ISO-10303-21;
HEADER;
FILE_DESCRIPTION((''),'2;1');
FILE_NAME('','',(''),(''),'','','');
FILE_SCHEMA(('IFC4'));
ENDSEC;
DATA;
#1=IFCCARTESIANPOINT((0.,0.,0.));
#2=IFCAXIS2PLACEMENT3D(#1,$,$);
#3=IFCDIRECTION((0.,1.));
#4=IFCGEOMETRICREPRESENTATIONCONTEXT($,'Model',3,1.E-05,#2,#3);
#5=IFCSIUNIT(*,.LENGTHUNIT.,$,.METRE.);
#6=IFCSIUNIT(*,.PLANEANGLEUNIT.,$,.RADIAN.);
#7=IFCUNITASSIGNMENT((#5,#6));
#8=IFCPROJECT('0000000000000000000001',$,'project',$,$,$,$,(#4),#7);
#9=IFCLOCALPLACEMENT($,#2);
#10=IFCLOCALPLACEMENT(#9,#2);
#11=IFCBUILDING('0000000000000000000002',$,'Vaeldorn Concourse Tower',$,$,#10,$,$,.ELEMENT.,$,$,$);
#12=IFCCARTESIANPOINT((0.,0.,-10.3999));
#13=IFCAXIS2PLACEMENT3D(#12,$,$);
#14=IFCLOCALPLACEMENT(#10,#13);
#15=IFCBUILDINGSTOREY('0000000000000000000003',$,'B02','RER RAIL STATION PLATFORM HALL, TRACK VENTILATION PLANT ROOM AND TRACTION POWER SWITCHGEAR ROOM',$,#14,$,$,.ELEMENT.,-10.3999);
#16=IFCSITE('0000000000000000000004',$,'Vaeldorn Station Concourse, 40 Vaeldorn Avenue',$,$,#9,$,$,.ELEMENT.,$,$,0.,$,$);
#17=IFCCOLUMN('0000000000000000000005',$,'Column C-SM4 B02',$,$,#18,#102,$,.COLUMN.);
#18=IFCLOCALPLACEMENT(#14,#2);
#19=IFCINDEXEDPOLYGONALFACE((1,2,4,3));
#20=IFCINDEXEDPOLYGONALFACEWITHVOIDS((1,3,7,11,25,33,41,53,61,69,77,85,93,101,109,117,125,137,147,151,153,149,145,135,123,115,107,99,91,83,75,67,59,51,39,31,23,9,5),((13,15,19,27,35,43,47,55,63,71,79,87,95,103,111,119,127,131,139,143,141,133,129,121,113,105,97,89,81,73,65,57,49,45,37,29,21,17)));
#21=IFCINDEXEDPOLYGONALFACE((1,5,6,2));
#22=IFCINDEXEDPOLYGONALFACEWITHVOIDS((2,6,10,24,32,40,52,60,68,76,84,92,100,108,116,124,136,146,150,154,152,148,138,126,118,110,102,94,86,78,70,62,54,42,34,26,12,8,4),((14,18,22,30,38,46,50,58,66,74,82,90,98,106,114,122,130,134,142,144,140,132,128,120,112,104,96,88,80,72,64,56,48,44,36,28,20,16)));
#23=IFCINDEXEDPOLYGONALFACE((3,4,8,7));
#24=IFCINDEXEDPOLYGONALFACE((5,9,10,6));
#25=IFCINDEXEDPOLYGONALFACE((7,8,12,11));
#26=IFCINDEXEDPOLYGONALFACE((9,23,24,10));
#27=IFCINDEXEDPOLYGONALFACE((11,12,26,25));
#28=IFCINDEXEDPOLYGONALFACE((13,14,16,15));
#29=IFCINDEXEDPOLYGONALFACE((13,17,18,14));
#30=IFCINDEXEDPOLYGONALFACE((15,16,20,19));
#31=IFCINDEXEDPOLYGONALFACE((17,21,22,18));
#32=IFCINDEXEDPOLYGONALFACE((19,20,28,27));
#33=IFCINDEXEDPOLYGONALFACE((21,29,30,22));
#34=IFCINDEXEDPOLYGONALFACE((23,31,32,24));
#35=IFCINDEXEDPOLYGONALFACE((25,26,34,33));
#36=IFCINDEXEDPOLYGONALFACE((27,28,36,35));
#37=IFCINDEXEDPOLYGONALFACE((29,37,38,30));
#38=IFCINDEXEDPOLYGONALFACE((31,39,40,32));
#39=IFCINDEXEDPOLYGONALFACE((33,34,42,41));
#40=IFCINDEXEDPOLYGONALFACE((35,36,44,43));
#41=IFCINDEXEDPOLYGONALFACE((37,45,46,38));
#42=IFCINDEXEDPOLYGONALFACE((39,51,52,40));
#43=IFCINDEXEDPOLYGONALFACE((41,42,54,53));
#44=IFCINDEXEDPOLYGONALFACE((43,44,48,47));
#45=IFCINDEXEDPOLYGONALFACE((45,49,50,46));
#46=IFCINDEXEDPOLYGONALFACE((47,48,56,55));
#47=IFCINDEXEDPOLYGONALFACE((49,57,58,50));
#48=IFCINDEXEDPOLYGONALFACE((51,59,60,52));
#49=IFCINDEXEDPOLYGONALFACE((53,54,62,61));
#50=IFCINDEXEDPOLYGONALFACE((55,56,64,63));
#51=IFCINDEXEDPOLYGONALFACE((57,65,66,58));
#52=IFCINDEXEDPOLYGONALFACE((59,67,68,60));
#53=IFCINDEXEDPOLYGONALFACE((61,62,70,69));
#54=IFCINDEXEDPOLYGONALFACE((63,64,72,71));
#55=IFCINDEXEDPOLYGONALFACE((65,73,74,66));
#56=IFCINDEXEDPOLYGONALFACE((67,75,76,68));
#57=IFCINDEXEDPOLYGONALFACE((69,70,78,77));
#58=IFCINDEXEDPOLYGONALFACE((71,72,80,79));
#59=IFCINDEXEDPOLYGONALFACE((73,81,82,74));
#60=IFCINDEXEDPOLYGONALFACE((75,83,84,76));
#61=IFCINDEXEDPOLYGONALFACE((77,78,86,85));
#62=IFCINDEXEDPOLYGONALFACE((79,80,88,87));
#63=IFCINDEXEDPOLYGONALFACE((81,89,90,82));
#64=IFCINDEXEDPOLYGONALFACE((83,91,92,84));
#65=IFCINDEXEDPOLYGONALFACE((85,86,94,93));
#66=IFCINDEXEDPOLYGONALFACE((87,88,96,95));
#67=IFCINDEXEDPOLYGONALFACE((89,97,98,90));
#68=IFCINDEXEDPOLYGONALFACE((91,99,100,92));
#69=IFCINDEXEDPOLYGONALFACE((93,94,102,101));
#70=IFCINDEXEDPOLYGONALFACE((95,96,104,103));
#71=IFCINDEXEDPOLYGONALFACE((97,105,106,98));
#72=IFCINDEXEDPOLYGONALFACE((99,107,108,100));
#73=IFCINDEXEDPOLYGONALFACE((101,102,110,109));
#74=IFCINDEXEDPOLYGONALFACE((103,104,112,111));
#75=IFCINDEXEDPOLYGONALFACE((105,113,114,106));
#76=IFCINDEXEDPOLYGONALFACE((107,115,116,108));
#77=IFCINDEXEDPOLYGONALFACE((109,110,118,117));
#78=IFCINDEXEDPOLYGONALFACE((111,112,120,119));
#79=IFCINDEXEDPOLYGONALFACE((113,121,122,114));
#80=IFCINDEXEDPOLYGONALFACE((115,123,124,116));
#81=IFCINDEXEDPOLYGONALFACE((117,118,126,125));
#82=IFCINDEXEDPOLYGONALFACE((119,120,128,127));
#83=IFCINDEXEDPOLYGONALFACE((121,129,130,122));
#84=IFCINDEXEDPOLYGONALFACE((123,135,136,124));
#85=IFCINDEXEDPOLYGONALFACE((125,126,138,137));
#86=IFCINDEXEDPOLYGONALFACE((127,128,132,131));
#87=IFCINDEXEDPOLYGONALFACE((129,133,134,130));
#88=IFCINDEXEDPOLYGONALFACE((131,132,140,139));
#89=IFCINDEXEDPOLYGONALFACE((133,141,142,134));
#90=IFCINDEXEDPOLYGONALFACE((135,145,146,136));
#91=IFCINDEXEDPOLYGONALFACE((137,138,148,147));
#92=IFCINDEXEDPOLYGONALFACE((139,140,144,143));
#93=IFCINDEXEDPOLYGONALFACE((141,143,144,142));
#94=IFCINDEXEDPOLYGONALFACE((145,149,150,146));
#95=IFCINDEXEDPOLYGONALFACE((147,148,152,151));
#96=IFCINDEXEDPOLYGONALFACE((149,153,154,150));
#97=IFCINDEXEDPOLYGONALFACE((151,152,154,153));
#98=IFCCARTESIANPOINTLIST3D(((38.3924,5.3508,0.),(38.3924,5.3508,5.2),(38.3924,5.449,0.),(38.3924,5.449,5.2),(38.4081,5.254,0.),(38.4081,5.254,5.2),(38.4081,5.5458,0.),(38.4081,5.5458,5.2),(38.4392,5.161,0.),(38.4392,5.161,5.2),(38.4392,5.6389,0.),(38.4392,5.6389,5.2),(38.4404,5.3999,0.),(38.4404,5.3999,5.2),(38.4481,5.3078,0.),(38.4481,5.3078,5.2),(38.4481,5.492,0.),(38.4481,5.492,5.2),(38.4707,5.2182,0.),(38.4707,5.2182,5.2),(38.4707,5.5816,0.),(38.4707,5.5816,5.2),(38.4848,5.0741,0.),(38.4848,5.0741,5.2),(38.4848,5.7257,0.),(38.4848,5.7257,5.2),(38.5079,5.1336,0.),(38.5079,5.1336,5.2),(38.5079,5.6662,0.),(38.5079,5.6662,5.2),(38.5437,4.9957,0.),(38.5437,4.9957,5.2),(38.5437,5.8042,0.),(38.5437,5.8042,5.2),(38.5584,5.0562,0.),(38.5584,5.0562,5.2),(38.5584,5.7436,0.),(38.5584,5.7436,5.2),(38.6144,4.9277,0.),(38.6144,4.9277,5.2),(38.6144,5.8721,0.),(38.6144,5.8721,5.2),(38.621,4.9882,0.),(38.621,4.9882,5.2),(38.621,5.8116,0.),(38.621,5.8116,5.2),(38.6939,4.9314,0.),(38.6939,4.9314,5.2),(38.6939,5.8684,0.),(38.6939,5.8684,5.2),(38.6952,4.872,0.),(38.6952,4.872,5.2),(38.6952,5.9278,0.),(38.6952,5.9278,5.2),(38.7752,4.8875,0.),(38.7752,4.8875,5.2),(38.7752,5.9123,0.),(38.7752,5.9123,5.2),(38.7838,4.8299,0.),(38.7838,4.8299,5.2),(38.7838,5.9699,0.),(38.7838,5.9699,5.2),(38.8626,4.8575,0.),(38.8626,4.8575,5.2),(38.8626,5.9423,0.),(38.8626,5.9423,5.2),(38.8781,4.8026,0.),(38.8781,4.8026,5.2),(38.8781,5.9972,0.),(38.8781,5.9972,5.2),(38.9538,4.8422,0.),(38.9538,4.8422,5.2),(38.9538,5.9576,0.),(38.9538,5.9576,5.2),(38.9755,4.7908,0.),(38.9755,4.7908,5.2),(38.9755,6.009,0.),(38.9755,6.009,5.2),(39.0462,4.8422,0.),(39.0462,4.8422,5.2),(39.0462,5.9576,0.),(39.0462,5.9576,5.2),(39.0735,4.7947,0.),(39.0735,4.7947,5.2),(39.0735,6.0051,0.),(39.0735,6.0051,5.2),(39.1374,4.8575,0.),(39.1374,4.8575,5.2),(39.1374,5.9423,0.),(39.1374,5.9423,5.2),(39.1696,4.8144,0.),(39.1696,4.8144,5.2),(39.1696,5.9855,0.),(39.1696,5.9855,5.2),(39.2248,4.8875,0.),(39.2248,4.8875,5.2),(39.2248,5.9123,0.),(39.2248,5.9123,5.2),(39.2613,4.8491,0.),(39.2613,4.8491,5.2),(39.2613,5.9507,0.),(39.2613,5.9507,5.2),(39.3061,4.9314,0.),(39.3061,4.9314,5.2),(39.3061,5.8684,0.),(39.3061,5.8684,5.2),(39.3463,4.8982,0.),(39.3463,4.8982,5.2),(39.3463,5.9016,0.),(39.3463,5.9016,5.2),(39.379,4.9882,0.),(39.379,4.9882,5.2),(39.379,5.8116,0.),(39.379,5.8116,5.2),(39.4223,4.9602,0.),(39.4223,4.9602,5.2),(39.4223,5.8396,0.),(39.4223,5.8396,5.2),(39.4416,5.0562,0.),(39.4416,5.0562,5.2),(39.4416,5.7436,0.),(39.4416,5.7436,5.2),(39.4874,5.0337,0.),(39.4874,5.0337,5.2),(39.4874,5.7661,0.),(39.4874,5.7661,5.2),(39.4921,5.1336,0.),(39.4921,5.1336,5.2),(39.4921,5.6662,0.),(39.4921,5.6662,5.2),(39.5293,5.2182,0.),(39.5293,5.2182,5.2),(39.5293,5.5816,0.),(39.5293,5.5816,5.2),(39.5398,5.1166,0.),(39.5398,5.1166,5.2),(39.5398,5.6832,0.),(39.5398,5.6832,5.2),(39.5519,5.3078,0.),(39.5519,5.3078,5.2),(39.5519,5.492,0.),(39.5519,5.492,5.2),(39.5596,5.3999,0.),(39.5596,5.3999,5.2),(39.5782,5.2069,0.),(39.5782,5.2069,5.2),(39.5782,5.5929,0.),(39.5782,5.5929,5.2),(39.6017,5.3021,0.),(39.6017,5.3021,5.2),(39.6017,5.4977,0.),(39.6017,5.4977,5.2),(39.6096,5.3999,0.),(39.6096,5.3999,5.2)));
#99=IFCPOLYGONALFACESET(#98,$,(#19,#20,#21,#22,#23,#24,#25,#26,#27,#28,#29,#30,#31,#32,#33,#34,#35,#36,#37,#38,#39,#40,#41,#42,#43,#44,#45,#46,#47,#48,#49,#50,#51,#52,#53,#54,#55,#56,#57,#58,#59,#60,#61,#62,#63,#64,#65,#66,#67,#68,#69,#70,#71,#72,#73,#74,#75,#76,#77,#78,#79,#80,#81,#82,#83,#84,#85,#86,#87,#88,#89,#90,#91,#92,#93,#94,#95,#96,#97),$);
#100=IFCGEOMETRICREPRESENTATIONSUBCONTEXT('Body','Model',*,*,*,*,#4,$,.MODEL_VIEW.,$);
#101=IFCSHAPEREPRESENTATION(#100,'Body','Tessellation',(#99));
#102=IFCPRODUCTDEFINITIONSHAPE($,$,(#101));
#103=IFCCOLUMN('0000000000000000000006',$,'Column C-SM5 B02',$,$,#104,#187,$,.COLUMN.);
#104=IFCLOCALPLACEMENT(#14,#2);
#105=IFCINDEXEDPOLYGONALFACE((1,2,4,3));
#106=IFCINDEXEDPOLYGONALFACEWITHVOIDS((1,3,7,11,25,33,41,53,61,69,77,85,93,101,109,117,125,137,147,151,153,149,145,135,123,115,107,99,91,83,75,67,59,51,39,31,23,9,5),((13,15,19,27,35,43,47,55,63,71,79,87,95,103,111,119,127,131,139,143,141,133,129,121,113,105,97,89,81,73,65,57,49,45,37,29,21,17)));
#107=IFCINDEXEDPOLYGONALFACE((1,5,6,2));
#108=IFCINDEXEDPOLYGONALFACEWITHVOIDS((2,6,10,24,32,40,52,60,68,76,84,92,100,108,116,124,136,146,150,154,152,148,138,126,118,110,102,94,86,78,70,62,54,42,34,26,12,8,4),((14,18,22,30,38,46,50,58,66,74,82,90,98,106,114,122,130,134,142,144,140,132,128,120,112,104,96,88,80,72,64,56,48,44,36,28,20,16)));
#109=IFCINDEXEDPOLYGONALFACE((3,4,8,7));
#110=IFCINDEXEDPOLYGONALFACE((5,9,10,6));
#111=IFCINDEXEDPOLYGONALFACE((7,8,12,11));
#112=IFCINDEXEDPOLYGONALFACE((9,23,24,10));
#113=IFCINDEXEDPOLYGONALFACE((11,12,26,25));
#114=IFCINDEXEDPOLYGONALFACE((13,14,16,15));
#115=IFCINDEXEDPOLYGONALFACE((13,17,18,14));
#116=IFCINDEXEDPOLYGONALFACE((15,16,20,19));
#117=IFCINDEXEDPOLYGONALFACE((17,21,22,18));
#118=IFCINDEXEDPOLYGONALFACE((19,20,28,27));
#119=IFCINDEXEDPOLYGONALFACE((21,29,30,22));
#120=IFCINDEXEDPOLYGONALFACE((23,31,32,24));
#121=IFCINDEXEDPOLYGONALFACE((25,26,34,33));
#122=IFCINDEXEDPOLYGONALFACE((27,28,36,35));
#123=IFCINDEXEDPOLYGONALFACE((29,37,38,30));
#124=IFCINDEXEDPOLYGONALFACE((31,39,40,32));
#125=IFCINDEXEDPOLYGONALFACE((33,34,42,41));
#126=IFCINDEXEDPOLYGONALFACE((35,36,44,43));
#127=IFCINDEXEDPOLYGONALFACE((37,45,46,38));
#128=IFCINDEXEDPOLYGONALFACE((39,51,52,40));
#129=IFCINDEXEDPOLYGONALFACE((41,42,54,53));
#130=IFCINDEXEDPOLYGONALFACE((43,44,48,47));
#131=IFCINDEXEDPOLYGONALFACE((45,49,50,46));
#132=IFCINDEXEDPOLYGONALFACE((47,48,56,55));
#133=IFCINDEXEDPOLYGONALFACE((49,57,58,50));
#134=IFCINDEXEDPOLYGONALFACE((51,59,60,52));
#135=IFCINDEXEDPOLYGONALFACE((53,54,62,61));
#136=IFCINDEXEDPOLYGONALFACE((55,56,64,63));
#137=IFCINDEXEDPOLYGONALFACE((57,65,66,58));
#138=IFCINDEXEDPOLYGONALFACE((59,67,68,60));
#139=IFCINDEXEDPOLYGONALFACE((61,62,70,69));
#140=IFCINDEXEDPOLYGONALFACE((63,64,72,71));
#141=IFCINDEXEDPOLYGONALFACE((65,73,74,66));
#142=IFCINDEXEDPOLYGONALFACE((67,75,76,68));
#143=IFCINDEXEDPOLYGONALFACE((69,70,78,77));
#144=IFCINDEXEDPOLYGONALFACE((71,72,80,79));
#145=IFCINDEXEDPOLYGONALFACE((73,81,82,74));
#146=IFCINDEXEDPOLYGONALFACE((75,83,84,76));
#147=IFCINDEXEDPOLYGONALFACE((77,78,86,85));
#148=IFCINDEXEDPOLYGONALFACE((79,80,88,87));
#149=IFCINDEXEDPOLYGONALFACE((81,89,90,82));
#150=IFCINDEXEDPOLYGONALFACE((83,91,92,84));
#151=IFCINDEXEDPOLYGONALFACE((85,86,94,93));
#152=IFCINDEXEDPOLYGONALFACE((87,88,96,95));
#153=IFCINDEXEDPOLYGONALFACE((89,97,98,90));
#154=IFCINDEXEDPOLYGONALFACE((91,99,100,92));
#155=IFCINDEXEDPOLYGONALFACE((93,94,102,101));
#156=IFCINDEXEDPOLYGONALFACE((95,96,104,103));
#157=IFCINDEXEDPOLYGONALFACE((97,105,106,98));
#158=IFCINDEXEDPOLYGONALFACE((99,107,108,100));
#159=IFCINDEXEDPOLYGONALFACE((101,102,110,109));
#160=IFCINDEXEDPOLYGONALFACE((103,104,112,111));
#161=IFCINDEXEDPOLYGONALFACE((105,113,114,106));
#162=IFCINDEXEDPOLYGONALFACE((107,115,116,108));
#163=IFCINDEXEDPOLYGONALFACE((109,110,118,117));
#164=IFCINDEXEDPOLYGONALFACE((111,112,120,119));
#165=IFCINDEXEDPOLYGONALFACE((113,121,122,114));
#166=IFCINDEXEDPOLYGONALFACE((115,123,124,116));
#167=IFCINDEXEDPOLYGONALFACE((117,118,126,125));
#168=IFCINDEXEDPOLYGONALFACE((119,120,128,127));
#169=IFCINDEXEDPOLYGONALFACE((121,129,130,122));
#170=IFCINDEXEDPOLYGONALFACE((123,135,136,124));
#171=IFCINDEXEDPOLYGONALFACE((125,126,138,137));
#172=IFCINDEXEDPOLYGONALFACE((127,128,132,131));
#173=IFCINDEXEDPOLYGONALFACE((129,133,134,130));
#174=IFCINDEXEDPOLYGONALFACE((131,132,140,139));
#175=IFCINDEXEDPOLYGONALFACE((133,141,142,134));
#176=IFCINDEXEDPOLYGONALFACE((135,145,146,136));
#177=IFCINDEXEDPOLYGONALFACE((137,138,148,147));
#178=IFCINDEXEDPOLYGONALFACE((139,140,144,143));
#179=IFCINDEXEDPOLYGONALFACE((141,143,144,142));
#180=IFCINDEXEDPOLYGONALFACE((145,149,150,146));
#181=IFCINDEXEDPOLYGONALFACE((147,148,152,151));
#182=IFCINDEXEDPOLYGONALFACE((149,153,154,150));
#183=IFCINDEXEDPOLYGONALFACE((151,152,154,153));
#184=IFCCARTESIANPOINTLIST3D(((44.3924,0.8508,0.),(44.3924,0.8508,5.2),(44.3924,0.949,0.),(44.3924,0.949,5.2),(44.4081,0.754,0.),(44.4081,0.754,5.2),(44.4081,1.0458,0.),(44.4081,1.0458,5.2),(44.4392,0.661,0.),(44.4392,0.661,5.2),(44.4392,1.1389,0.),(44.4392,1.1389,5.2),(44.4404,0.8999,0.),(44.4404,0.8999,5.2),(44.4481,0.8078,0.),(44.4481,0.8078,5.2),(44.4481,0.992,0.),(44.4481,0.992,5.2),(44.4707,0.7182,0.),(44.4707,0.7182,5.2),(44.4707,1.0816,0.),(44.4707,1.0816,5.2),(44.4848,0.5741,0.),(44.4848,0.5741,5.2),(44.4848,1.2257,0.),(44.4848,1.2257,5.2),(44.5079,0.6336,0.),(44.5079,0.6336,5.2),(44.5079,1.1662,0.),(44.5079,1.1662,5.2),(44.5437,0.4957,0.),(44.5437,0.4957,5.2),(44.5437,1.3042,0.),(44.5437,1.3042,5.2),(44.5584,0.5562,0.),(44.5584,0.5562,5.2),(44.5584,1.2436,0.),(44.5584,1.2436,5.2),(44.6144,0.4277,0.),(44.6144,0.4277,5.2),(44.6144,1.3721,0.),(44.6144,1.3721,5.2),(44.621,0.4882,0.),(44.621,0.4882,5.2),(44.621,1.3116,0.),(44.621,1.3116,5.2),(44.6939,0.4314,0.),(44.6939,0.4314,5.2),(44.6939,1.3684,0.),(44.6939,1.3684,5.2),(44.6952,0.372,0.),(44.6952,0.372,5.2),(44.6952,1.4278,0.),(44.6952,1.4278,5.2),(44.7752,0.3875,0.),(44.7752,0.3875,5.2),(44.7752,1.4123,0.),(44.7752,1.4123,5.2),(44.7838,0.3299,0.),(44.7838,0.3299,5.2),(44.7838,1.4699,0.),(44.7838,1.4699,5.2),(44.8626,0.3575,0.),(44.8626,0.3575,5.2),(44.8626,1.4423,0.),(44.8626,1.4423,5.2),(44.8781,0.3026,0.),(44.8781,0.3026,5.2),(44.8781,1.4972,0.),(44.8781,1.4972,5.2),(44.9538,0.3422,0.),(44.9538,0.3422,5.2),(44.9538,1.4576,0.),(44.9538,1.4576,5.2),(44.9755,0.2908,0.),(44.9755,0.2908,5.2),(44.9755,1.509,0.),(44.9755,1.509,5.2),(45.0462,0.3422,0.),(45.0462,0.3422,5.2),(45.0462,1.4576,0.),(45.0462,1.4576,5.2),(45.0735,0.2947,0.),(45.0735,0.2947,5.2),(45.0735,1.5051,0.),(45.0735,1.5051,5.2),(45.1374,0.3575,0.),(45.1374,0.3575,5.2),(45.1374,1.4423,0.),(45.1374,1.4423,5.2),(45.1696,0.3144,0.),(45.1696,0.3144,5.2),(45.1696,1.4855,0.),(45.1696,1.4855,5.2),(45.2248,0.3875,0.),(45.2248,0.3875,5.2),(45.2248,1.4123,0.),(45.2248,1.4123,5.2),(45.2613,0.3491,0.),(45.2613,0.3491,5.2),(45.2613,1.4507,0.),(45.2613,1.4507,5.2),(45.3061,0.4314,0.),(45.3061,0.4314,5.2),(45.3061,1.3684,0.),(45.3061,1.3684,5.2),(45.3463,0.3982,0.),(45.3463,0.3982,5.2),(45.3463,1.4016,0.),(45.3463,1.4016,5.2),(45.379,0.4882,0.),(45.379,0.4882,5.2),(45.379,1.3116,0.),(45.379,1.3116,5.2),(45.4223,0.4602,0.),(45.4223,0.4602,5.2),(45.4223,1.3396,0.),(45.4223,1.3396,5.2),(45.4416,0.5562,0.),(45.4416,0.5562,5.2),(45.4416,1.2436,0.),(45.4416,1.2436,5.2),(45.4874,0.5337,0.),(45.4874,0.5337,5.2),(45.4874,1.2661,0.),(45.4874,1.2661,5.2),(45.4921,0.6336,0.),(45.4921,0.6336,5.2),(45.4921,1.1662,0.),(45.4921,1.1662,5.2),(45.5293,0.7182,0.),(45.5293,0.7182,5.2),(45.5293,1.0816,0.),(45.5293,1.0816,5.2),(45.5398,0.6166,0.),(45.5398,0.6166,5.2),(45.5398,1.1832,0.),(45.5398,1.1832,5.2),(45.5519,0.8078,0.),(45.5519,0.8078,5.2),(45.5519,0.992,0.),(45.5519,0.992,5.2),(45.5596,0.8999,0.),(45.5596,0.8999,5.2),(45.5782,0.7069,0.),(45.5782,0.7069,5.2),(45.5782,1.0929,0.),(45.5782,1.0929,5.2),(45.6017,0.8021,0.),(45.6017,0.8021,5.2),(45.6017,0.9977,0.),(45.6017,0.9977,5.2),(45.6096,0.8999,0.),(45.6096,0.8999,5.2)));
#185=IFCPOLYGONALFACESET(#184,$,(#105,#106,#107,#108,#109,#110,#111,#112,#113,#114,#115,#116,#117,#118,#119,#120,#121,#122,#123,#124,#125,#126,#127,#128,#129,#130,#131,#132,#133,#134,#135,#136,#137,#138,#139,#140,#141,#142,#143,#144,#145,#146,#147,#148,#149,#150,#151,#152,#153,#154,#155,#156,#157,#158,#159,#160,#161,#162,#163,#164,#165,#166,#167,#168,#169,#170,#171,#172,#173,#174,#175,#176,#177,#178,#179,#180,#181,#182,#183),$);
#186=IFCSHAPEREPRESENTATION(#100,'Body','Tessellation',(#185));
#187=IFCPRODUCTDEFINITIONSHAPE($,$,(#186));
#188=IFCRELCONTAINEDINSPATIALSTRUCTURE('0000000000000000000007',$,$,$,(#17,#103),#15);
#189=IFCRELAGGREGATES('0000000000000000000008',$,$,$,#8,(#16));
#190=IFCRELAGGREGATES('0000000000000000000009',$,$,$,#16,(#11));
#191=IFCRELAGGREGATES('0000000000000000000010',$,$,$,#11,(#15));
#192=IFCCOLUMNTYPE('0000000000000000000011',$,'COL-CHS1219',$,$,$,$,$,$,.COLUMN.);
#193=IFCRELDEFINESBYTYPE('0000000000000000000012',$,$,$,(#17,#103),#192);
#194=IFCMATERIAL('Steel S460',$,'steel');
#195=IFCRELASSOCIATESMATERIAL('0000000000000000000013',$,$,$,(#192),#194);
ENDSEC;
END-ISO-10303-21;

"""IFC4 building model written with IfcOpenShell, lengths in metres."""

from ifc_helpers import new_model, si_unit, direction, frame, origin, origin_2d, place, context, subcontext, project, spatial, hollow_circle, extrude, source, transform, mapped, material, material_profile, profile_set, type_object, element, save


model = new_model("IFC4")

# Units and contexts
model_context = context("Model", 3, precision=1e-05, world=origin(), true_north=direction((0.0, 1.0)))
body_context = subcontext(model_context, "Body", "Model", "MODEL_VIEW")
ifc_project = project(units=[si_unit("LENGTHUNIT", "METRE"), si_unit("PLANEANGLEUNIT", "RADIAN")], contexts=[model_context])

# Site, building, storey
site_placement = place(None, origin())
site = spatial("IfcSite", under=ifc_project, at=site_placement, Name="Vaeldorn Station Concourse, 40 Vaeldorn Avenue", CompositionType="ELEMENT", RefElevation=0.0)
building_placement = place(site_placement, origin())
building = spatial("IfcBuilding", under=site, at=building_placement, Name="Vaeldorn Concourse Tower", CompositionType="ELEMENT")
storey_placement = place(building_placement, frame((0.0, 0.0, -10.3999)))
storey = spatial("IfcBuildingStorey", under=building, at=storey_placement, Name="B02", Description="RER RAIL STATION PLATFORM HALL, TRACK VENTILATION PLANT ROOM AND TRACTION POWER SWITCHGEAR ROOM", CompositionType="ELEMENT", Elevation=-10.3999)

# Columns
ifc_material_1 = material(Name="Steel S460", Category="steel")
ifc_material_profile_1 = material_profile(ifc_material_1, hollow_circle(Radius=0.6096, WallThickness=0.05, at=origin_2d()), Name="CHS 1219x50")
ifc_profile_set_1 = profile_set([ifc_material_profile_1], Name="Steel S460")
column_type_1 = type_object("IfcColumnType", Name="COL-CHS1219", PredefinedType="COLUMN", material=ifc_profile_set_1)
shared_shape_1 = source(origin(), body_context, "Body", "SweptSolid", [
    extrude(hollow_circle(Radius=0.6096, WallThickness=0.05, at=origin_2d()), origin(), (0.0, 0.0, 1.0), 5.2),
])
for number, where, z_axis, x_axis, name in (
    (1, (39.0, 5.3999, 0.0), (0.0, 0.0, 1.0), (1.0, 0.0, 0.0), "Column C-SM4 B02"),
    (2, (45.0, 0.8999, 0.0), (0.0, 0.0, 1.0), (1.0, 0.0, 0.0), "Column C-SM5 B02"),
):
    element("IfcColumn", number, at=place(storey_placement, frame(where, z_axis=z_axis, x_axis=x_axis)), inside=storey, type_object=column_type_1, Name=name, PredefinedType="COLUMN", context=body_context, shape_type="MappedRepresentation", body=[
        mapped(shared_shape_1, transform((0.0, 0.0, 0.0), scale=1.0)),
    ])

save(model, "model.ifc")
